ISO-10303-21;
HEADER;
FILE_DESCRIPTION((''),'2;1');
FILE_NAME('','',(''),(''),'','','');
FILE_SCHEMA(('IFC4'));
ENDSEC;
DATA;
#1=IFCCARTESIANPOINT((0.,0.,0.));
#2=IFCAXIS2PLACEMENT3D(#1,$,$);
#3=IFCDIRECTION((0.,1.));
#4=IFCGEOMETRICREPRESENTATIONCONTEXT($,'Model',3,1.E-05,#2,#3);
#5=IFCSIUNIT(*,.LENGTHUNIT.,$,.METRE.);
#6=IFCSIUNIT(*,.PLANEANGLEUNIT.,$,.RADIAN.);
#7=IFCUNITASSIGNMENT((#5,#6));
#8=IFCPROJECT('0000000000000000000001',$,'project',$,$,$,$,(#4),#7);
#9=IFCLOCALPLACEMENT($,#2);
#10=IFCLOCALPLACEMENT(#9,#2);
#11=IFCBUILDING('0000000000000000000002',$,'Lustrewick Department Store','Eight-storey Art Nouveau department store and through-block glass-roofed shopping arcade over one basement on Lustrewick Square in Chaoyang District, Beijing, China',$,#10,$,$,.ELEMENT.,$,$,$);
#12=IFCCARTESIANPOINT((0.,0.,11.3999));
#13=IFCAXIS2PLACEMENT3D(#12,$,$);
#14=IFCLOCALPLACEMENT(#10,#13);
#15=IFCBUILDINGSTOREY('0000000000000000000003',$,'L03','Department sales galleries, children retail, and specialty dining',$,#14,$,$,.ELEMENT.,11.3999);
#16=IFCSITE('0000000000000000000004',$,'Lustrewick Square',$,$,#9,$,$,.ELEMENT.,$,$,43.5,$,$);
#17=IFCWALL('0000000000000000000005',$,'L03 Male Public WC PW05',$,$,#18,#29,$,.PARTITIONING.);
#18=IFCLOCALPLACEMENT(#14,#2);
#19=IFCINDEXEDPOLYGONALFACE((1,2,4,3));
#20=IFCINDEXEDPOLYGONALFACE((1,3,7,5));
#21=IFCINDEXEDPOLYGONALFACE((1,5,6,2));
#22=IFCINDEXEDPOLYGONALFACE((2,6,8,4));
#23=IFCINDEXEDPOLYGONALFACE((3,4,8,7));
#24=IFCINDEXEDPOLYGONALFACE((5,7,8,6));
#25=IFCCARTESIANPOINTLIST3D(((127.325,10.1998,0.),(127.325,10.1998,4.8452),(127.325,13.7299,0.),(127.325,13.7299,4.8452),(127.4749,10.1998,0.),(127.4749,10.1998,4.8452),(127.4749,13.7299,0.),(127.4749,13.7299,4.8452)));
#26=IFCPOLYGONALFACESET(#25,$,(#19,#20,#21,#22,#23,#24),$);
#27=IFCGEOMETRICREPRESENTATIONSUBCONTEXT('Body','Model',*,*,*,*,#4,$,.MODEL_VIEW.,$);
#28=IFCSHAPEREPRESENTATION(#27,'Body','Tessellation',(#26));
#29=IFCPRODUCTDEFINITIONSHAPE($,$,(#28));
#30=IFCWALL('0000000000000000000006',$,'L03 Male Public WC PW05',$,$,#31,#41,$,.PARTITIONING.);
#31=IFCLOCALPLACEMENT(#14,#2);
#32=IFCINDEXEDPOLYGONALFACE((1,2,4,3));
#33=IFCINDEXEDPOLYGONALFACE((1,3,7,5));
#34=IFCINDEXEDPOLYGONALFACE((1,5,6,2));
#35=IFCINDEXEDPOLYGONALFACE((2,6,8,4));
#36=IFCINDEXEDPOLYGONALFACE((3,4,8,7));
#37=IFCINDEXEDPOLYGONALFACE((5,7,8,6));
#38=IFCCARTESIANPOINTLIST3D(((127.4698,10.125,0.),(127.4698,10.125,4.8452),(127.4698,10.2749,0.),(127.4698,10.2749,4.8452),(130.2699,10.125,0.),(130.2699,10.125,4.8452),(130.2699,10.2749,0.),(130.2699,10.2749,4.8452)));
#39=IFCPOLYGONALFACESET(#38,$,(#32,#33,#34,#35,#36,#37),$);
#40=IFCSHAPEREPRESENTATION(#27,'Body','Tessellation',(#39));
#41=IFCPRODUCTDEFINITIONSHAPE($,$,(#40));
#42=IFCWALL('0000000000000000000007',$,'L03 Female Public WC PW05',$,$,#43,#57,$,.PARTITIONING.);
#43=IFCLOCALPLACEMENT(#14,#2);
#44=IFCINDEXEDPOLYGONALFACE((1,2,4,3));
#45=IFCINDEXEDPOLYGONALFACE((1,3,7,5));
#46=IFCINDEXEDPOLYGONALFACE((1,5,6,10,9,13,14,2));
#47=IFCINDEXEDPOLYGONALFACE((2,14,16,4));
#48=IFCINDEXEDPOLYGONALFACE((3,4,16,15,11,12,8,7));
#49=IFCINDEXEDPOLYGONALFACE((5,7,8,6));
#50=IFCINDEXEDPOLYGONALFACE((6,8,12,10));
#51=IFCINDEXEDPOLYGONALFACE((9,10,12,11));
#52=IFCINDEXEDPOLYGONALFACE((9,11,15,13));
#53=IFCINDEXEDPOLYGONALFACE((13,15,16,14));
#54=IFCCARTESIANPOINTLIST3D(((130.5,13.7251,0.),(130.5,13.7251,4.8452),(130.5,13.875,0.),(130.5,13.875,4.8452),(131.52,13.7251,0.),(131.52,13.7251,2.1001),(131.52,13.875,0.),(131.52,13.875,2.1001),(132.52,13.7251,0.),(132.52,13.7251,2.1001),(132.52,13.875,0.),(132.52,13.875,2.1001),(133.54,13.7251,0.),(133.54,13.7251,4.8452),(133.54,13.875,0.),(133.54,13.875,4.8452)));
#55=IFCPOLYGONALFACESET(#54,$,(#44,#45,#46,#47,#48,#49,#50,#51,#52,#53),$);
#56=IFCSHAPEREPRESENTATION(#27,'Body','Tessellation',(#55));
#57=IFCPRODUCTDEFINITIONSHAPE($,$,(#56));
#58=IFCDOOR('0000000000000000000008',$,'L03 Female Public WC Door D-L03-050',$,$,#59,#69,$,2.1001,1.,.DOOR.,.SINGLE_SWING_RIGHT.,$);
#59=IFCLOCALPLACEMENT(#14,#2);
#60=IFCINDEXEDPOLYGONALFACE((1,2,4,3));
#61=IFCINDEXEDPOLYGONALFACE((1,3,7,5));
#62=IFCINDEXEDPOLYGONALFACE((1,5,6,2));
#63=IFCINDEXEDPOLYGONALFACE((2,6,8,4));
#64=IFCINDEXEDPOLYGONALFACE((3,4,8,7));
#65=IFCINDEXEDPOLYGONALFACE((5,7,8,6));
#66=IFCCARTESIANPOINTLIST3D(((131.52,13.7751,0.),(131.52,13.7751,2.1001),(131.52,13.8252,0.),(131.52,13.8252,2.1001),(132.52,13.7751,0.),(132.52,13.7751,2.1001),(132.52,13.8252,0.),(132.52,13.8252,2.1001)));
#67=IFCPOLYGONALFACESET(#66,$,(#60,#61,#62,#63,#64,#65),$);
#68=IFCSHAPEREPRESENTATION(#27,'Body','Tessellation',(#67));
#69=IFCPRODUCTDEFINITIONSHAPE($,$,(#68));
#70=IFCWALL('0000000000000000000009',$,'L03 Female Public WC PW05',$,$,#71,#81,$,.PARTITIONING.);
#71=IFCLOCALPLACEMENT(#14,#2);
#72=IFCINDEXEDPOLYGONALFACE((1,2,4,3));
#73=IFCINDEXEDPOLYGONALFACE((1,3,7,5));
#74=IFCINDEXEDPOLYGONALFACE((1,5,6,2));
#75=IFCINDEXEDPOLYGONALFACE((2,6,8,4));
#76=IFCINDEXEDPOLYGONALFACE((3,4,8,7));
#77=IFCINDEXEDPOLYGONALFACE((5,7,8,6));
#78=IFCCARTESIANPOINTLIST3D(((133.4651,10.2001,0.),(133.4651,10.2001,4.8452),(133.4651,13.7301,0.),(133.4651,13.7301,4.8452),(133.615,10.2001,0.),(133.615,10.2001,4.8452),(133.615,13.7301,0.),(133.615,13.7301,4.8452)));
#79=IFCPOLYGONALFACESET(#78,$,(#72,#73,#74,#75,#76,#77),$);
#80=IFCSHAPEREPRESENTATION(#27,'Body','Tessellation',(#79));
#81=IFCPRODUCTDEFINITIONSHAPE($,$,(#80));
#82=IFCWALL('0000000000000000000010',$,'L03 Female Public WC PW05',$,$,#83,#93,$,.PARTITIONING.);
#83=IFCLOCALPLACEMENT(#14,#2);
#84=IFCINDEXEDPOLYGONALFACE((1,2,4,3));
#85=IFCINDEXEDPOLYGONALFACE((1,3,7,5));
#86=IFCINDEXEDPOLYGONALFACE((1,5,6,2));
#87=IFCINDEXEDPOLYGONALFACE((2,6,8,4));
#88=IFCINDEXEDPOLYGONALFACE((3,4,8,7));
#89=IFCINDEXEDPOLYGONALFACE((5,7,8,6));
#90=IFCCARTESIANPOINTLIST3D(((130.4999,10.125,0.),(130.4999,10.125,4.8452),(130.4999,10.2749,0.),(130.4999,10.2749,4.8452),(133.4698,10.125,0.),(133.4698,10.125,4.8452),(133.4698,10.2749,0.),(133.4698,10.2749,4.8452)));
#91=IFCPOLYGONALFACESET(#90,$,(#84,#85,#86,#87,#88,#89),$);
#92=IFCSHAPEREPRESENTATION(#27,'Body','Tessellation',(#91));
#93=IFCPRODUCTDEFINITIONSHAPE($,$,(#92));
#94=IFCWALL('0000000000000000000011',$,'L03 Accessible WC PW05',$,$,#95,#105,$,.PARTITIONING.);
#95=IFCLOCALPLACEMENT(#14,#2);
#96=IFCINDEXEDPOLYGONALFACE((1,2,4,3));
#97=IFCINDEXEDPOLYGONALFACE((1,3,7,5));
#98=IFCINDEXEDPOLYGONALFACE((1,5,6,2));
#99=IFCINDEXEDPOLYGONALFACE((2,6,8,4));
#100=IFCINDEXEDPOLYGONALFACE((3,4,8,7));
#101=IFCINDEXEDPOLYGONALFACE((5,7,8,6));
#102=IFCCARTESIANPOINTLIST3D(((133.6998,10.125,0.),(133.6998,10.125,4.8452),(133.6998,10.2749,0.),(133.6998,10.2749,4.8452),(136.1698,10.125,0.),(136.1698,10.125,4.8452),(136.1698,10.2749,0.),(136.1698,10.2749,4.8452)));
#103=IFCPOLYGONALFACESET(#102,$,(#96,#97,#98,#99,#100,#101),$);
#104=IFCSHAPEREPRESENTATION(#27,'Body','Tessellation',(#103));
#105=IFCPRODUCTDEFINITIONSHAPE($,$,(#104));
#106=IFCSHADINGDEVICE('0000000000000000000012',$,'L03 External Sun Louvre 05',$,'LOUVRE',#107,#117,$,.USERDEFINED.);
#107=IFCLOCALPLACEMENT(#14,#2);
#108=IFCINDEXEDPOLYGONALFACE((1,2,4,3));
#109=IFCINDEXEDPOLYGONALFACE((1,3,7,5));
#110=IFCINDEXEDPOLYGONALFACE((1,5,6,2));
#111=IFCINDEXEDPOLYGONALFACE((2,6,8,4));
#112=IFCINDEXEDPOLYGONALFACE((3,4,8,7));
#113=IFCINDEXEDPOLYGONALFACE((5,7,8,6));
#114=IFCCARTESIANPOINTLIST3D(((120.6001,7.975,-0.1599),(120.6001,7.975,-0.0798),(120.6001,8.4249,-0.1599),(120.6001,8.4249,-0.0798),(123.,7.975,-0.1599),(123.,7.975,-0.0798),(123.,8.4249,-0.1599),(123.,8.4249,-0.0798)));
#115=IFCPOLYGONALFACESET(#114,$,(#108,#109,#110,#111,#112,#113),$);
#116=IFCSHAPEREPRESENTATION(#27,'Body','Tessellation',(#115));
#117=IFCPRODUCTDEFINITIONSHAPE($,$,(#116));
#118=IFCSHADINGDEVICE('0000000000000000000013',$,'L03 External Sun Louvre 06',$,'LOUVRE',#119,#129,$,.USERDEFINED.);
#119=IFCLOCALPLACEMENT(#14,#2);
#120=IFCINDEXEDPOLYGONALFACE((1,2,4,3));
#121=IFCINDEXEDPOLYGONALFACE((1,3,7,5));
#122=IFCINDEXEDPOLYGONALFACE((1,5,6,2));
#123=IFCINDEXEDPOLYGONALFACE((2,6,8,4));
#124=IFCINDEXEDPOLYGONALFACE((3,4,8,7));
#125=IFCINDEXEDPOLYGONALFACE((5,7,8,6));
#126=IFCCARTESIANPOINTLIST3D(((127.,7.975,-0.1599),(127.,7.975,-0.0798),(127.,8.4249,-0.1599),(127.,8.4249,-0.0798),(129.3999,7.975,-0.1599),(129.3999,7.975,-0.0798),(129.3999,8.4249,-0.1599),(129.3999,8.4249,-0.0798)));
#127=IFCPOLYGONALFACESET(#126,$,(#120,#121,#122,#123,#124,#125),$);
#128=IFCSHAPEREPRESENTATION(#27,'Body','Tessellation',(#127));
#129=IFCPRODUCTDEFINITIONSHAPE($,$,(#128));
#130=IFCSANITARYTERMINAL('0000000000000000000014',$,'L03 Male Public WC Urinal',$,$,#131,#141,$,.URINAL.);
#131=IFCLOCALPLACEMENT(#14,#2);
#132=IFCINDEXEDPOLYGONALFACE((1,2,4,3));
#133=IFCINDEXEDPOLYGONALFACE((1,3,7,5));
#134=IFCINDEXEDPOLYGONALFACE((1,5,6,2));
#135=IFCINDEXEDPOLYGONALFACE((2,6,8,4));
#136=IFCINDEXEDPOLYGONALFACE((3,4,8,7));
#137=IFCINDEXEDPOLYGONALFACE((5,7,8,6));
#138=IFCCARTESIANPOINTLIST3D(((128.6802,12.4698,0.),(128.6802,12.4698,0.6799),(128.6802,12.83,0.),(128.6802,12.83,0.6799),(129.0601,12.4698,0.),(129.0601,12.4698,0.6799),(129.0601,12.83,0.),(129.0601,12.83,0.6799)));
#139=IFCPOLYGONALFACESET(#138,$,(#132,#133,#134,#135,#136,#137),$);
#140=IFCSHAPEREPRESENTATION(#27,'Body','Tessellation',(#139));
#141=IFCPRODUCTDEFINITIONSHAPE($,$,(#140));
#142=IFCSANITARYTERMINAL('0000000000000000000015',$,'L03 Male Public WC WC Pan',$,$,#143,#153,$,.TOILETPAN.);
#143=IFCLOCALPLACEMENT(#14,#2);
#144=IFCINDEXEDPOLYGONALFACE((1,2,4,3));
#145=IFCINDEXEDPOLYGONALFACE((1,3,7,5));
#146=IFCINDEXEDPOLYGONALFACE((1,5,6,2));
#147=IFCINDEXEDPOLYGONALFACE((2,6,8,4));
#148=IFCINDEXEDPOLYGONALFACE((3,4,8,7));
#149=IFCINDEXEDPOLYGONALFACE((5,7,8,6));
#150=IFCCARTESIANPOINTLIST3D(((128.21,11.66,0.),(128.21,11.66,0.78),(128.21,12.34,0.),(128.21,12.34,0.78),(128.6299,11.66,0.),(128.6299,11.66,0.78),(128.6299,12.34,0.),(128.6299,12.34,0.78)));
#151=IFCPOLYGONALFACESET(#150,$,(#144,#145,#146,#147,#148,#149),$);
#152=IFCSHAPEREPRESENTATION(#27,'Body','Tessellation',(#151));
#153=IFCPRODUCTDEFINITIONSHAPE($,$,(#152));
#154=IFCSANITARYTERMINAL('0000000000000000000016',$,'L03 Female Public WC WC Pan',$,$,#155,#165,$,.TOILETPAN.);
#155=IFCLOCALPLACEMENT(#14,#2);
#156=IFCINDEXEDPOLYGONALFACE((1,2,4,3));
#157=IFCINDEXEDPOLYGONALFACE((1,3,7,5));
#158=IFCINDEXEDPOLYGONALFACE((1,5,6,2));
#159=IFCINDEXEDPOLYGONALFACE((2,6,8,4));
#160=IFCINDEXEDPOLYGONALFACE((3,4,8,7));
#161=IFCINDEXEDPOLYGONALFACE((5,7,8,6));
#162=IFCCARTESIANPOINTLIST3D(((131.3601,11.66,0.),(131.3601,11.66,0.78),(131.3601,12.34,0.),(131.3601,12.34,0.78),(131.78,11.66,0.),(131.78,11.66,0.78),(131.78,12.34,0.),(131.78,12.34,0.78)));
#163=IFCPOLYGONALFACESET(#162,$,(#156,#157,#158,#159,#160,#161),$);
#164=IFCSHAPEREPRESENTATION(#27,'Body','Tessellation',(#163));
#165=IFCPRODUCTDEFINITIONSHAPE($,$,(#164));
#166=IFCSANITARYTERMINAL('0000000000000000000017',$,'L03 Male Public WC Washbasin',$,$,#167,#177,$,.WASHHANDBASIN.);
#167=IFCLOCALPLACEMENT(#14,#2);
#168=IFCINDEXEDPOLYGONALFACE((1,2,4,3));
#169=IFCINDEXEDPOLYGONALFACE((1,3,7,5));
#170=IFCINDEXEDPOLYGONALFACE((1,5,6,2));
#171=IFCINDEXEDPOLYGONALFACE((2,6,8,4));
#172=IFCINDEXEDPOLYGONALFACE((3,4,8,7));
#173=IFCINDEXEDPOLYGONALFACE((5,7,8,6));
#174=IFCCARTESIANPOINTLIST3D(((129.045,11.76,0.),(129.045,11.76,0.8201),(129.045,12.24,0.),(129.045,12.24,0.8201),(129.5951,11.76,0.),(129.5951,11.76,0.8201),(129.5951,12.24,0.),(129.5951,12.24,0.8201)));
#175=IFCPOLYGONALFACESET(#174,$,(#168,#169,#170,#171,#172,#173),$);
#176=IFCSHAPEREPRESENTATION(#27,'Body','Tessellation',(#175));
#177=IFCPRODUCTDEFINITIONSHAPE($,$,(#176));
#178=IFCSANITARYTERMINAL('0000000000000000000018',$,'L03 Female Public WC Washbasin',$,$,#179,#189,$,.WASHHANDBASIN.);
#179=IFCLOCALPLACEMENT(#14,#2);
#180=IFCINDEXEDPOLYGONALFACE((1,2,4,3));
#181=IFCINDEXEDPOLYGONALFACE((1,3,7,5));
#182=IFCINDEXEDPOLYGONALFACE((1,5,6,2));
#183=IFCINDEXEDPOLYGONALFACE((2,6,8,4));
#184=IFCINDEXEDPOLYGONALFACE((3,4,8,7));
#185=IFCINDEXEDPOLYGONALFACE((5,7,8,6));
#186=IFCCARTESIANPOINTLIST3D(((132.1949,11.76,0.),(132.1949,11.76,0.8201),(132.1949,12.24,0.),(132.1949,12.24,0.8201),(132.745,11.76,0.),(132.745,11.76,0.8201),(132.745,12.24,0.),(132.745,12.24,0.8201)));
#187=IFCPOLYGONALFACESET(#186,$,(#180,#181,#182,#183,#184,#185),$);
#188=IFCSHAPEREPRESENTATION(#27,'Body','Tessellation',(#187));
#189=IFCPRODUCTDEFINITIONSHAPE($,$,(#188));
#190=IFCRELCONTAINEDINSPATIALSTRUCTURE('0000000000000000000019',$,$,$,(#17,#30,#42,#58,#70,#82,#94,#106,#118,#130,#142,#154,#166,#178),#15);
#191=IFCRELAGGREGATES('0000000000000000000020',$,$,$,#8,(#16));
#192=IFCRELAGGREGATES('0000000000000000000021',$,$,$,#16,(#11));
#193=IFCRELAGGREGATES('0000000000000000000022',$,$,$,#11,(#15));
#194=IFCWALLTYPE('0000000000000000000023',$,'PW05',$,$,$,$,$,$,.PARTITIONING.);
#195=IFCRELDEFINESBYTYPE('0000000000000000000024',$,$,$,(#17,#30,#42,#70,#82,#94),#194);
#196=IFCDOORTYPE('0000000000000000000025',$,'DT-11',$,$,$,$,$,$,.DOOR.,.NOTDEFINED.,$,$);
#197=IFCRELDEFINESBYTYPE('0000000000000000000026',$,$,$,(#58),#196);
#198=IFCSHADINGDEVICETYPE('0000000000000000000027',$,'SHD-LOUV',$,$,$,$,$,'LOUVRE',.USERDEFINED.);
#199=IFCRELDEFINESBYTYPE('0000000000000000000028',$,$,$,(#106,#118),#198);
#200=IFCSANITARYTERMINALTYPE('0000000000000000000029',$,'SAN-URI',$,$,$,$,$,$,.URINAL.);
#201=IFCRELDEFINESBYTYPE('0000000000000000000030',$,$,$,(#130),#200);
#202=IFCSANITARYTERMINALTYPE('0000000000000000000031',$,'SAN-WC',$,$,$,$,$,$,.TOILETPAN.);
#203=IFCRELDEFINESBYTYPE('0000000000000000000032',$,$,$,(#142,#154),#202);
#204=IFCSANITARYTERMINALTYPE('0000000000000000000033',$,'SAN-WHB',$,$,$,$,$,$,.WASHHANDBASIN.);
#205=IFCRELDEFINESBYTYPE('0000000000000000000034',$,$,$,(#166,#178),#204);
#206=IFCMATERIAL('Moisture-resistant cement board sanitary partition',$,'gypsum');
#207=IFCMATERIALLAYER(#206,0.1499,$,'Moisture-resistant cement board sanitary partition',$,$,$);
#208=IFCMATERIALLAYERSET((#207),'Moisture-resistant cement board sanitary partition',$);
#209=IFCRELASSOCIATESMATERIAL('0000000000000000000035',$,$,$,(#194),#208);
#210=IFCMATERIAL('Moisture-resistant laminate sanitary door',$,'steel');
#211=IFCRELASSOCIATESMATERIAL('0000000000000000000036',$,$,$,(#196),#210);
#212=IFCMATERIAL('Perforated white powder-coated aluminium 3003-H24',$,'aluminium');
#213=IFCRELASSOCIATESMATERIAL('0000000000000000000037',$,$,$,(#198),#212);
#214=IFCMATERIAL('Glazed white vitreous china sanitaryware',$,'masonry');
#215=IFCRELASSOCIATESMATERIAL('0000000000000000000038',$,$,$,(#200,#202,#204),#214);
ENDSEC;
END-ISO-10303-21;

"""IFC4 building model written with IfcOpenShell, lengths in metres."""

from ifc_helpers import new_model, si_unit, direction, frame, frame_2d, origin, origin_2d, place, context, subcontext, project, spatial, rectangle, extrude, material, layer, layer_set, type_object, element, fill, save


model = new_model("IFC4")

# Units and contexts
model_context = context("Model", 3, precision=1e-05, world=origin(), true_north=direction((0.0, 1.0)))
body_context = subcontext(model_context, "Body", "Model", "MODEL_VIEW")
ifc_project = project(units=[si_unit("LENGTHUNIT", "METRE"), si_unit("PLANEANGLEUNIT", "RADIAN")], contexts=[model_context])

# Site, building, storey
site_placement = place(None, origin())
site = spatial("IfcSite", under=ifc_project, at=site_placement, Name="Lustrewick Square", CompositionType="ELEMENT", RefElevation=43.5)
building_placement = place(site_placement, origin())
building = spatial("IfcBuilding", under=site, at=building_placement, Name="Lustrewick Department Store", Description="Eight-storey Art Nouveau department store and through-block glass-roofed shopping arcade over one basement on Lustrewick Square in Chaoyang District, Beijing, China", CompositionType="ELEMENT")
storey_placement = place(building_placement, frame((0.0, 0.0, 11.3999)))
storey = spatial("IfcBuildingStorey", under=building, at=storey_placement, Name="L03", Description="Department sales galleries, children retail, and specialty dining", CompositionType="ELEMENT", Elevation=11.3999)

# Shared definitions
ifc_material_1 = material(Name="Moisture-resistant cement board sanitary partition", Category="gypsum")
ifc_layer_1 = layer(ifc_material_1, 0.1499, Name="Moisture-resistant cement board sanitary partition")
ifc_layer_set_1 = layer_set([ifc_layer_1], Name="Moisture-resistant cement board sanitary partition")
wall_type_1 = type_object("IfcWallType", Name="PW05", PredefinedType="PARTITIONING", material=ifc_layer_set_1)
ifc_material_2 = material(Name="Moisture-resistant laminate sanitary door", Category="steel")
door_type = type_object("IfcDoorType", Name="DT-11", OperationType="NOTDEFINED", PredefinedType="DOOR", material=ifc_material_2)

# Walls
for number, where, z_axis, x_axis, name in (
    (1, (127.3999, 13.73, 0.0), (0.0, 0.0, 1.0), (0.0, -1.0, 0.0), "L03 Male Public WC PW05"),
):
    element("IfcWall", number, at=place(storey_placement, frame(where, z_axis=z_axis, x_axis=x_axis)), inside=storey, type_object=wall_type_1, Name=name, PredefinedType="PARTITIONING", context=body_context, shape_type="SweptSolid", body=[
        extrude(rectangle(XDim=3.53, YDim=0.1499, at=frame_2d((1.7651, 0.0))), origin(), (0.0, 0.0, 1.0), 4.8452),
    ])
wall_1_placement = place(storey_placement, frame((127.47, 10.2, 0.0), z_axis=(0.0, 0.0, 1.0), x_axis=(1.0, 0.0, 0.0)))
element("IfcWall", 2, at=wall_1_placement, inside=storey, type_object=wall_type_1, Name="L03 Male Public WC PW05", PredefinedType="PARTITIONING", context=body_context, shape_type="SweptSolid", body=[
    extrude(rectangle(XDim=2.8, YDim=0.1499, at=frame_2d((1.3999, 0.0))), origin(), (0.0, 0.0, 1.0), 4.8452),
])

# Wall, opening, door
wall_2_placement = place(storey_placement, frame((133.54, 13.8, 0.0), z_axis=(0.0, 0.0, 1.0), x_axis=(-1.0, 0.0, 0.0)))
wall_2 = element("IfcWall", 3, at=wall_2_placement, inside=storey, type_object=wall_type_1, Name="L03 Female Public WC PW05", PredefinedType="PARTITIONING", context=body_context, shape_type="SweptSolid", body=[
    extrude(rectangle(XDim=3.04, YDim=0.1499, at=frame_2d((1.52, 0.0))), origin(), (0.0, 0.0, 1.0), 4.8452),
])
opening_1_placement = place(wall_2_placement, frame((1.02, 0.0, 0.0)))
opening_1 = element("IfcOpeningElement", 4, at=opening_1_placement, cuts=wall_2, PredefinedType="OPENING", context=body_context, shape_type="SweptSolid", body=[
    extrude(rectangle(XDim=1.0, YDim=2.1001, at=frame_2d((0.5, 1.05))), frame((0.0, 0.085, 0.0), z_axis=(0.0, -1.0, 0.0), x_axis=(1.0, 0.0, 0.0)), (0.0, 0.0, 1.0), 0.1699),
])
door_1_placement = place(opening_1_placement, origin())
door_1 = element("IfcDoor", 5, at=door_1_placement, inside=storey, type_object=door_type, Name="L03 Female Public WC Door D-L03-050", OperationType="SINGLE_SWING_RIGHT", OverallHeight=2.1001, OverallWidth=1.0, PredefinedType="DOOR", context=body_context, shape_type="SweptSolid", body=[
    extrude(rectangle(XDim=1.0, YDim=2.1001, at=frame_2d((0.5, 1.05))), frame((0.0, 0.0249, 0.0), z_axis=(0.0, -1.0, 0.0), x_axis=(1.0, 0.0, 0.0)), (0.0, 0.0, 1.0), 0.05),
])
fill(opening_1, door_1)

# Walls
wall_3_placement = place(storey_placement, frame((133.54, 10.2, 0.0), z_axis=(0.0, 0.0, 1.0), x_axis=(0.0, 1.0, 0.0)))
element("IfcWall", 6, at=wall_3_placement, inside=storey, type_object=wall_type_1, Name="L03 Female Public WC PW05", PredefinedType="PARTITIONING", context=body_context, shape_type="SweptSolid", body=[
    extrude(rectangle(XDim=3.53, YDim=0.1499, at=frame_2d((1.7651, 0.0))), origin(), (0.0, 0.0, 1.0), 4.8452),
])
wall_4_placement = place(storey_placement, frame((130.5, 10.2, 0.0), z_axis=(0.0, 0.0, 1.0), x_axis=(1.0, 0.0, 0.0)))
element("IfcWall", 7, at=wall_4_placement, inside=storey, type_object=wall_type_1, Name="L03 Female Public WC PW05", PredefinedType="PARTITIONING", context=body_context, shape_type="SweptSolid", body=[
    extrude(rectangle(XDim=2.97, YDim=0.1499, at=frame_2d((1.4849, 0.0))), origin(), (0.0, 0.0, 1.0), 4.8452),
])
wall_5_placement = place(storey_placement, frame((133.7, 10.2, 0.0), z_axis=(0.0, 0.0, 1.0), x_axis=(1.0, 0.0, 0.0)))
element("IfcWall", 8, at=wall_5_placement, inside=storey, type_object=wall_type_1, Name="L03 Accessible WC PW05", PredefinedType="PARTITIONING", context=body_context, shape_type="SweptSolid", body=[
    extrude(rectangle(XDim=2.47, YDim=0.1499, at=frame_2d((1.2349, 0.0))), origin(), (0.0, 0.0, 1.0), 4.8452),
])

# Shading devices
ifc_material_3 = material(Name="Perforated white powder-coated aluminium 3003-H24", Category="aluminium")
shading_device_type = type_object("IfcShadingDeviceType", Name="SHD-LOUV", ElementType="LOUVRE", PredefinedType="USERDEFINED", material=ifc_material_3)
for number, where, z_axis, x_axis, name in (
    (9, (121.8, 8.2, -0.1599), (0.0, 0.0, 1.0), (1.0, 0.0, 0.0), "L03 External Sun Louvre 05"),
    (10, (128.2, 8.2, -0.1599), (0.0, 0.0, 1.0), (1.0, 0.0, 0.0), "L03 External Sun Louvre 06"),
):
    element("IfcShadingDevice", number, at=place(storey_placement, frame(where, z_axis=z_axis, x_axis=x_axis)), inside=storey, type_object=shading_device_type, Name=name, ObjectType="LOUVRE", PredefinedType="USERDEFINED", context=body_context, shape_type="SweptSolid", body=[
        extrude(rectangle(XDim=2.3999, YDim=0.45, at=origin_2d()), origin(), (0.0, 0.0, 1.0), 0.0801),
    ])

# Sanitary terminals
ifc_material_4 = material(Name="Glazed white vitreous china sanitaryware", Category="masonry")
sanitary_terminal_type_1 = type_object("IfcSanitaryTerminalType", Name="SAN-URI", PredefinedType="URINAL", material=ifc_material_4)
sanitary_terminal_placement = place(storey_placement, frame((128.8701, 12.6499, 0.0), z_axis=(0.0, 0.0, 1.0), x_axis=(1.0, 0.0, 0.0)))
element("IfcSanitaryTerminal", 11, at=sanitary_terminal_placement, inside=storey, type_object=sanitary_terminal_type_1, Name="L03 Male Public WC Urinal", PredefinedType="URINAL", context=body_context, shape_type="SweptSolid", body=[
    extrude(rectangle(XDim=0.3799, YDim=0.3601, at=origin_2d()), origin(), (0.0, 0.0, 1.0), 0.6799),
])
sanitary_terminal_type_2 = type_object("IfcSanitaryTerminalType", Name="SAN-WC", PredefinedType="TOILETPAN", material=ifc_material_4)
for number, where, z_axis, x_axis, name in (
    (12, (128.4199, 12.0, 0.0), (0.0, 0.0, 1.0), (1.0, 0.0, 0.0), "L03 Male Public WC WC Pan"),
    (13, (131.5701, 12.0, 0.0), (0.0, 0.0, 1.0), (1.0, 0.0, 0.0), "L03 Female Public WC WC Pan"),
):
    element("IfcSanitaryTerminal", number, at=place(storey_placement, frame(where, z_axis=z_axis, x_axis=x_axis)), inside=storey, type_object=sanitary_terminal_type_2, Name=name, PredefinedType="TOILETPAN", context=body_context, shape_type="SweptSolid", body=[
        extrude(rectangle(XDim=0.4199, YDim=0.6799, at=origin_2d()), origin(), (0.0, 0.0, 1.0), 0.78),
    ])
sanitary_terminal_type_3 = type_object("IfcSanitaryTerminalType", Name="SAN-WHB", PredefinedType="WASHHANDBASIN", material=ifc_material_4)
for number, where, z_axis, x_axis, name in (
    (14, (129.3201, 12.0, 0.0), (0.0, 0.0, 1.0), (1.0, 0.0, 0.0), "L03 Male Public WC Washbasin"),
    (15, (132.47, 12.0, 0.0), (0.0, 0.0, 1.0), (1.0, 0.0, 0.0), "L03 Female Public WC Washbasin"),
):
    element("IfcSanitaryTerminal", number, at=place(storey_placement, frame(where, z_axis=z_axis, x_axis=x_axis)), inside=storey, type_object=sanitary_terminal_type_3, Name=name, PredefinedType="WASHHANDBASIN", context=body_context, shape_type="SweptSolid", body=[
        extrude(rectangle(XDim=0.55, YDim=0.48, at=origin_2d()), origin(), (0.0, 0.0, 1.0), 0.8201),
    ])

save(model, "model.ifc")
